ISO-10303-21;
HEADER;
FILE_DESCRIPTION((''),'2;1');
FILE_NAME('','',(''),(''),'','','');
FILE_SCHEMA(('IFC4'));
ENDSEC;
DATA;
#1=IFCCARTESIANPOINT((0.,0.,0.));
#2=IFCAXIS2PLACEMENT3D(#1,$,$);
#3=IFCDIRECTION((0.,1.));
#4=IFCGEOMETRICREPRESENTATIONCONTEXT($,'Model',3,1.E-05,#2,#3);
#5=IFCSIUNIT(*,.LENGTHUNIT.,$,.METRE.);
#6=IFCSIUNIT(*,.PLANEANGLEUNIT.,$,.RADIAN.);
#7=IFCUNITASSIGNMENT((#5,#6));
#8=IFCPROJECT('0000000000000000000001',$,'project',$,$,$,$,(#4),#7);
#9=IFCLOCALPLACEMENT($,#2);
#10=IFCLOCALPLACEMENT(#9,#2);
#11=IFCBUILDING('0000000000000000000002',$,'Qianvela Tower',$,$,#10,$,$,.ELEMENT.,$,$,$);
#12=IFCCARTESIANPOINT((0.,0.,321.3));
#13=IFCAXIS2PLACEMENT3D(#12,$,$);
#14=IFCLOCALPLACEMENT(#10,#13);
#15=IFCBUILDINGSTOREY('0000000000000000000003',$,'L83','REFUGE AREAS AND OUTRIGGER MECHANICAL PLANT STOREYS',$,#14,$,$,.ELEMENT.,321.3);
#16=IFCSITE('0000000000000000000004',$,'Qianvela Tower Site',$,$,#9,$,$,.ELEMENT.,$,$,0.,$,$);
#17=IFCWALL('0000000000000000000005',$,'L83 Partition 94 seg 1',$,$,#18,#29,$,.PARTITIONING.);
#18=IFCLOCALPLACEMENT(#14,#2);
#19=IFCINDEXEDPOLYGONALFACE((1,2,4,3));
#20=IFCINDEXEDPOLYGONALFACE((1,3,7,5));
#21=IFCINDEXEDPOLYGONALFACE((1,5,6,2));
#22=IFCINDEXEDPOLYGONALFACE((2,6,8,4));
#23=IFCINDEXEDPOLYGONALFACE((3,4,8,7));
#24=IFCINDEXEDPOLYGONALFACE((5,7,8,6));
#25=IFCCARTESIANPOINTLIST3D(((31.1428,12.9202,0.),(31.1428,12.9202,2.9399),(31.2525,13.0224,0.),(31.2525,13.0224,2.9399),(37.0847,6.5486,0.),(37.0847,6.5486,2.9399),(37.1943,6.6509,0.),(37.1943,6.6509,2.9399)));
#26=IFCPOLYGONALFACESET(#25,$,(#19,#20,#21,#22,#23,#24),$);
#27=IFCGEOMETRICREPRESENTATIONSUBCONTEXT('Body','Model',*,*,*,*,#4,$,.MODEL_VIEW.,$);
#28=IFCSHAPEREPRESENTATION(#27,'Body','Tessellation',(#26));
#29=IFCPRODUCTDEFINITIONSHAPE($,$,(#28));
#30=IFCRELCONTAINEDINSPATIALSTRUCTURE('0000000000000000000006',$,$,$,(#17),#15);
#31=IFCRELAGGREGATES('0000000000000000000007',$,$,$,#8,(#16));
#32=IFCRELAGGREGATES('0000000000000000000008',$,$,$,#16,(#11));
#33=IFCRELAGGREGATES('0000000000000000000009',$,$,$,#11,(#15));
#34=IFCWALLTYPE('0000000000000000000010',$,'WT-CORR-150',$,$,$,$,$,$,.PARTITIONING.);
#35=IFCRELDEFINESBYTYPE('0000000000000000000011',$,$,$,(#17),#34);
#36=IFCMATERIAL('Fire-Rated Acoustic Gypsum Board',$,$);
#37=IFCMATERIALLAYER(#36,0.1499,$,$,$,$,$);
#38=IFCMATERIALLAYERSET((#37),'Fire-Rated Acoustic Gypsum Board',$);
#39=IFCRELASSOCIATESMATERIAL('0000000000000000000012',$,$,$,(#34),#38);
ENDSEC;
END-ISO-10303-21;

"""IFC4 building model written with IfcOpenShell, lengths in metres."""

from ifc_helpers import new_model, si_unit, direction, frame, frame_2d, origin, place, context, subcontext, project, spatial, rectangle, extrude, material, layer, layer_set, type_object, element, save


model = new_model("IFC4")

# Units and contexts
model_context = context("Model", 3, precision=1e-05, world=origin(), true_north=direction((0.0, 1.0)))
body_context = subcontext(model_context, "Body", "Model", "MODEL_VIEW")
ifc_project = project(units=[si_unit("LENGTHUNIT", "METRE"), si_unit("PLANEANGLEUNIT", "RADIAN")], contexts=[model_context])

# Site, building, storey
site_placement = place(None, origin())
site = spatial("IfcSite", under=ifc_project, at=site_placement, Name="Qianvela Tower Site", CompositionType="ELEMENT", RefElevation=0.0)
building_placement = place(site_placement, origin())
building = spatial("IfcBuilding", under=site, at=building_placement, Name="Qianvela Tower", CompositionType="ELEMENT")
storey_placement = place(building_placement, frame((0.0, 0.0, 321.3)))
storey = spatial("IfcBuildingStorey", under=building, at=storey_placement, Name="L83", Description="REFUGE AREAS AND OUTRIGGER MECHANICAL PLANT STOREYS", CompositionType="ELEMENT", Elevation=321.3)

# Wall
ifc_material_1 = material(Name="Fire-Rated Acoustic Gypsum Board")
ifc_layer_1 = layer(ifc_material_1, 0.1499)
ifc_layer_set_1 = layer_set([ifc_layer_1], Name="Fire-Rated Acoustic Gypsum Board")
wall_type_1 = type_object("IfcWallType", Name="WT-CORR-150", PredefinedType="PARTITIONING", material=ifc_layer_set_1)
wall_1_placement = place(storey_placement, frame((37.1394, 6.5999, 0.0), z_axis=(0.0, 0.0, 1.0), x_axis=(-0.682017, 0.731337, 0.0)))
element("IfcWall", 1, at=wall_1_placement, inside=storey, type_object=wall_type_1, Name="L83 Partition 94 seg 1", PredefinedType="PARTITIONING", context=body_context, shape_type="SweptSolid", body=[
    extrude(rectangle(XDim=8.7122, YDim=0.1499, at=frame_2d((4.356, 0.0))), origin(), (0.0, 0.0, 1.0), 2.9399),
])

save(model, "model.ifc")
